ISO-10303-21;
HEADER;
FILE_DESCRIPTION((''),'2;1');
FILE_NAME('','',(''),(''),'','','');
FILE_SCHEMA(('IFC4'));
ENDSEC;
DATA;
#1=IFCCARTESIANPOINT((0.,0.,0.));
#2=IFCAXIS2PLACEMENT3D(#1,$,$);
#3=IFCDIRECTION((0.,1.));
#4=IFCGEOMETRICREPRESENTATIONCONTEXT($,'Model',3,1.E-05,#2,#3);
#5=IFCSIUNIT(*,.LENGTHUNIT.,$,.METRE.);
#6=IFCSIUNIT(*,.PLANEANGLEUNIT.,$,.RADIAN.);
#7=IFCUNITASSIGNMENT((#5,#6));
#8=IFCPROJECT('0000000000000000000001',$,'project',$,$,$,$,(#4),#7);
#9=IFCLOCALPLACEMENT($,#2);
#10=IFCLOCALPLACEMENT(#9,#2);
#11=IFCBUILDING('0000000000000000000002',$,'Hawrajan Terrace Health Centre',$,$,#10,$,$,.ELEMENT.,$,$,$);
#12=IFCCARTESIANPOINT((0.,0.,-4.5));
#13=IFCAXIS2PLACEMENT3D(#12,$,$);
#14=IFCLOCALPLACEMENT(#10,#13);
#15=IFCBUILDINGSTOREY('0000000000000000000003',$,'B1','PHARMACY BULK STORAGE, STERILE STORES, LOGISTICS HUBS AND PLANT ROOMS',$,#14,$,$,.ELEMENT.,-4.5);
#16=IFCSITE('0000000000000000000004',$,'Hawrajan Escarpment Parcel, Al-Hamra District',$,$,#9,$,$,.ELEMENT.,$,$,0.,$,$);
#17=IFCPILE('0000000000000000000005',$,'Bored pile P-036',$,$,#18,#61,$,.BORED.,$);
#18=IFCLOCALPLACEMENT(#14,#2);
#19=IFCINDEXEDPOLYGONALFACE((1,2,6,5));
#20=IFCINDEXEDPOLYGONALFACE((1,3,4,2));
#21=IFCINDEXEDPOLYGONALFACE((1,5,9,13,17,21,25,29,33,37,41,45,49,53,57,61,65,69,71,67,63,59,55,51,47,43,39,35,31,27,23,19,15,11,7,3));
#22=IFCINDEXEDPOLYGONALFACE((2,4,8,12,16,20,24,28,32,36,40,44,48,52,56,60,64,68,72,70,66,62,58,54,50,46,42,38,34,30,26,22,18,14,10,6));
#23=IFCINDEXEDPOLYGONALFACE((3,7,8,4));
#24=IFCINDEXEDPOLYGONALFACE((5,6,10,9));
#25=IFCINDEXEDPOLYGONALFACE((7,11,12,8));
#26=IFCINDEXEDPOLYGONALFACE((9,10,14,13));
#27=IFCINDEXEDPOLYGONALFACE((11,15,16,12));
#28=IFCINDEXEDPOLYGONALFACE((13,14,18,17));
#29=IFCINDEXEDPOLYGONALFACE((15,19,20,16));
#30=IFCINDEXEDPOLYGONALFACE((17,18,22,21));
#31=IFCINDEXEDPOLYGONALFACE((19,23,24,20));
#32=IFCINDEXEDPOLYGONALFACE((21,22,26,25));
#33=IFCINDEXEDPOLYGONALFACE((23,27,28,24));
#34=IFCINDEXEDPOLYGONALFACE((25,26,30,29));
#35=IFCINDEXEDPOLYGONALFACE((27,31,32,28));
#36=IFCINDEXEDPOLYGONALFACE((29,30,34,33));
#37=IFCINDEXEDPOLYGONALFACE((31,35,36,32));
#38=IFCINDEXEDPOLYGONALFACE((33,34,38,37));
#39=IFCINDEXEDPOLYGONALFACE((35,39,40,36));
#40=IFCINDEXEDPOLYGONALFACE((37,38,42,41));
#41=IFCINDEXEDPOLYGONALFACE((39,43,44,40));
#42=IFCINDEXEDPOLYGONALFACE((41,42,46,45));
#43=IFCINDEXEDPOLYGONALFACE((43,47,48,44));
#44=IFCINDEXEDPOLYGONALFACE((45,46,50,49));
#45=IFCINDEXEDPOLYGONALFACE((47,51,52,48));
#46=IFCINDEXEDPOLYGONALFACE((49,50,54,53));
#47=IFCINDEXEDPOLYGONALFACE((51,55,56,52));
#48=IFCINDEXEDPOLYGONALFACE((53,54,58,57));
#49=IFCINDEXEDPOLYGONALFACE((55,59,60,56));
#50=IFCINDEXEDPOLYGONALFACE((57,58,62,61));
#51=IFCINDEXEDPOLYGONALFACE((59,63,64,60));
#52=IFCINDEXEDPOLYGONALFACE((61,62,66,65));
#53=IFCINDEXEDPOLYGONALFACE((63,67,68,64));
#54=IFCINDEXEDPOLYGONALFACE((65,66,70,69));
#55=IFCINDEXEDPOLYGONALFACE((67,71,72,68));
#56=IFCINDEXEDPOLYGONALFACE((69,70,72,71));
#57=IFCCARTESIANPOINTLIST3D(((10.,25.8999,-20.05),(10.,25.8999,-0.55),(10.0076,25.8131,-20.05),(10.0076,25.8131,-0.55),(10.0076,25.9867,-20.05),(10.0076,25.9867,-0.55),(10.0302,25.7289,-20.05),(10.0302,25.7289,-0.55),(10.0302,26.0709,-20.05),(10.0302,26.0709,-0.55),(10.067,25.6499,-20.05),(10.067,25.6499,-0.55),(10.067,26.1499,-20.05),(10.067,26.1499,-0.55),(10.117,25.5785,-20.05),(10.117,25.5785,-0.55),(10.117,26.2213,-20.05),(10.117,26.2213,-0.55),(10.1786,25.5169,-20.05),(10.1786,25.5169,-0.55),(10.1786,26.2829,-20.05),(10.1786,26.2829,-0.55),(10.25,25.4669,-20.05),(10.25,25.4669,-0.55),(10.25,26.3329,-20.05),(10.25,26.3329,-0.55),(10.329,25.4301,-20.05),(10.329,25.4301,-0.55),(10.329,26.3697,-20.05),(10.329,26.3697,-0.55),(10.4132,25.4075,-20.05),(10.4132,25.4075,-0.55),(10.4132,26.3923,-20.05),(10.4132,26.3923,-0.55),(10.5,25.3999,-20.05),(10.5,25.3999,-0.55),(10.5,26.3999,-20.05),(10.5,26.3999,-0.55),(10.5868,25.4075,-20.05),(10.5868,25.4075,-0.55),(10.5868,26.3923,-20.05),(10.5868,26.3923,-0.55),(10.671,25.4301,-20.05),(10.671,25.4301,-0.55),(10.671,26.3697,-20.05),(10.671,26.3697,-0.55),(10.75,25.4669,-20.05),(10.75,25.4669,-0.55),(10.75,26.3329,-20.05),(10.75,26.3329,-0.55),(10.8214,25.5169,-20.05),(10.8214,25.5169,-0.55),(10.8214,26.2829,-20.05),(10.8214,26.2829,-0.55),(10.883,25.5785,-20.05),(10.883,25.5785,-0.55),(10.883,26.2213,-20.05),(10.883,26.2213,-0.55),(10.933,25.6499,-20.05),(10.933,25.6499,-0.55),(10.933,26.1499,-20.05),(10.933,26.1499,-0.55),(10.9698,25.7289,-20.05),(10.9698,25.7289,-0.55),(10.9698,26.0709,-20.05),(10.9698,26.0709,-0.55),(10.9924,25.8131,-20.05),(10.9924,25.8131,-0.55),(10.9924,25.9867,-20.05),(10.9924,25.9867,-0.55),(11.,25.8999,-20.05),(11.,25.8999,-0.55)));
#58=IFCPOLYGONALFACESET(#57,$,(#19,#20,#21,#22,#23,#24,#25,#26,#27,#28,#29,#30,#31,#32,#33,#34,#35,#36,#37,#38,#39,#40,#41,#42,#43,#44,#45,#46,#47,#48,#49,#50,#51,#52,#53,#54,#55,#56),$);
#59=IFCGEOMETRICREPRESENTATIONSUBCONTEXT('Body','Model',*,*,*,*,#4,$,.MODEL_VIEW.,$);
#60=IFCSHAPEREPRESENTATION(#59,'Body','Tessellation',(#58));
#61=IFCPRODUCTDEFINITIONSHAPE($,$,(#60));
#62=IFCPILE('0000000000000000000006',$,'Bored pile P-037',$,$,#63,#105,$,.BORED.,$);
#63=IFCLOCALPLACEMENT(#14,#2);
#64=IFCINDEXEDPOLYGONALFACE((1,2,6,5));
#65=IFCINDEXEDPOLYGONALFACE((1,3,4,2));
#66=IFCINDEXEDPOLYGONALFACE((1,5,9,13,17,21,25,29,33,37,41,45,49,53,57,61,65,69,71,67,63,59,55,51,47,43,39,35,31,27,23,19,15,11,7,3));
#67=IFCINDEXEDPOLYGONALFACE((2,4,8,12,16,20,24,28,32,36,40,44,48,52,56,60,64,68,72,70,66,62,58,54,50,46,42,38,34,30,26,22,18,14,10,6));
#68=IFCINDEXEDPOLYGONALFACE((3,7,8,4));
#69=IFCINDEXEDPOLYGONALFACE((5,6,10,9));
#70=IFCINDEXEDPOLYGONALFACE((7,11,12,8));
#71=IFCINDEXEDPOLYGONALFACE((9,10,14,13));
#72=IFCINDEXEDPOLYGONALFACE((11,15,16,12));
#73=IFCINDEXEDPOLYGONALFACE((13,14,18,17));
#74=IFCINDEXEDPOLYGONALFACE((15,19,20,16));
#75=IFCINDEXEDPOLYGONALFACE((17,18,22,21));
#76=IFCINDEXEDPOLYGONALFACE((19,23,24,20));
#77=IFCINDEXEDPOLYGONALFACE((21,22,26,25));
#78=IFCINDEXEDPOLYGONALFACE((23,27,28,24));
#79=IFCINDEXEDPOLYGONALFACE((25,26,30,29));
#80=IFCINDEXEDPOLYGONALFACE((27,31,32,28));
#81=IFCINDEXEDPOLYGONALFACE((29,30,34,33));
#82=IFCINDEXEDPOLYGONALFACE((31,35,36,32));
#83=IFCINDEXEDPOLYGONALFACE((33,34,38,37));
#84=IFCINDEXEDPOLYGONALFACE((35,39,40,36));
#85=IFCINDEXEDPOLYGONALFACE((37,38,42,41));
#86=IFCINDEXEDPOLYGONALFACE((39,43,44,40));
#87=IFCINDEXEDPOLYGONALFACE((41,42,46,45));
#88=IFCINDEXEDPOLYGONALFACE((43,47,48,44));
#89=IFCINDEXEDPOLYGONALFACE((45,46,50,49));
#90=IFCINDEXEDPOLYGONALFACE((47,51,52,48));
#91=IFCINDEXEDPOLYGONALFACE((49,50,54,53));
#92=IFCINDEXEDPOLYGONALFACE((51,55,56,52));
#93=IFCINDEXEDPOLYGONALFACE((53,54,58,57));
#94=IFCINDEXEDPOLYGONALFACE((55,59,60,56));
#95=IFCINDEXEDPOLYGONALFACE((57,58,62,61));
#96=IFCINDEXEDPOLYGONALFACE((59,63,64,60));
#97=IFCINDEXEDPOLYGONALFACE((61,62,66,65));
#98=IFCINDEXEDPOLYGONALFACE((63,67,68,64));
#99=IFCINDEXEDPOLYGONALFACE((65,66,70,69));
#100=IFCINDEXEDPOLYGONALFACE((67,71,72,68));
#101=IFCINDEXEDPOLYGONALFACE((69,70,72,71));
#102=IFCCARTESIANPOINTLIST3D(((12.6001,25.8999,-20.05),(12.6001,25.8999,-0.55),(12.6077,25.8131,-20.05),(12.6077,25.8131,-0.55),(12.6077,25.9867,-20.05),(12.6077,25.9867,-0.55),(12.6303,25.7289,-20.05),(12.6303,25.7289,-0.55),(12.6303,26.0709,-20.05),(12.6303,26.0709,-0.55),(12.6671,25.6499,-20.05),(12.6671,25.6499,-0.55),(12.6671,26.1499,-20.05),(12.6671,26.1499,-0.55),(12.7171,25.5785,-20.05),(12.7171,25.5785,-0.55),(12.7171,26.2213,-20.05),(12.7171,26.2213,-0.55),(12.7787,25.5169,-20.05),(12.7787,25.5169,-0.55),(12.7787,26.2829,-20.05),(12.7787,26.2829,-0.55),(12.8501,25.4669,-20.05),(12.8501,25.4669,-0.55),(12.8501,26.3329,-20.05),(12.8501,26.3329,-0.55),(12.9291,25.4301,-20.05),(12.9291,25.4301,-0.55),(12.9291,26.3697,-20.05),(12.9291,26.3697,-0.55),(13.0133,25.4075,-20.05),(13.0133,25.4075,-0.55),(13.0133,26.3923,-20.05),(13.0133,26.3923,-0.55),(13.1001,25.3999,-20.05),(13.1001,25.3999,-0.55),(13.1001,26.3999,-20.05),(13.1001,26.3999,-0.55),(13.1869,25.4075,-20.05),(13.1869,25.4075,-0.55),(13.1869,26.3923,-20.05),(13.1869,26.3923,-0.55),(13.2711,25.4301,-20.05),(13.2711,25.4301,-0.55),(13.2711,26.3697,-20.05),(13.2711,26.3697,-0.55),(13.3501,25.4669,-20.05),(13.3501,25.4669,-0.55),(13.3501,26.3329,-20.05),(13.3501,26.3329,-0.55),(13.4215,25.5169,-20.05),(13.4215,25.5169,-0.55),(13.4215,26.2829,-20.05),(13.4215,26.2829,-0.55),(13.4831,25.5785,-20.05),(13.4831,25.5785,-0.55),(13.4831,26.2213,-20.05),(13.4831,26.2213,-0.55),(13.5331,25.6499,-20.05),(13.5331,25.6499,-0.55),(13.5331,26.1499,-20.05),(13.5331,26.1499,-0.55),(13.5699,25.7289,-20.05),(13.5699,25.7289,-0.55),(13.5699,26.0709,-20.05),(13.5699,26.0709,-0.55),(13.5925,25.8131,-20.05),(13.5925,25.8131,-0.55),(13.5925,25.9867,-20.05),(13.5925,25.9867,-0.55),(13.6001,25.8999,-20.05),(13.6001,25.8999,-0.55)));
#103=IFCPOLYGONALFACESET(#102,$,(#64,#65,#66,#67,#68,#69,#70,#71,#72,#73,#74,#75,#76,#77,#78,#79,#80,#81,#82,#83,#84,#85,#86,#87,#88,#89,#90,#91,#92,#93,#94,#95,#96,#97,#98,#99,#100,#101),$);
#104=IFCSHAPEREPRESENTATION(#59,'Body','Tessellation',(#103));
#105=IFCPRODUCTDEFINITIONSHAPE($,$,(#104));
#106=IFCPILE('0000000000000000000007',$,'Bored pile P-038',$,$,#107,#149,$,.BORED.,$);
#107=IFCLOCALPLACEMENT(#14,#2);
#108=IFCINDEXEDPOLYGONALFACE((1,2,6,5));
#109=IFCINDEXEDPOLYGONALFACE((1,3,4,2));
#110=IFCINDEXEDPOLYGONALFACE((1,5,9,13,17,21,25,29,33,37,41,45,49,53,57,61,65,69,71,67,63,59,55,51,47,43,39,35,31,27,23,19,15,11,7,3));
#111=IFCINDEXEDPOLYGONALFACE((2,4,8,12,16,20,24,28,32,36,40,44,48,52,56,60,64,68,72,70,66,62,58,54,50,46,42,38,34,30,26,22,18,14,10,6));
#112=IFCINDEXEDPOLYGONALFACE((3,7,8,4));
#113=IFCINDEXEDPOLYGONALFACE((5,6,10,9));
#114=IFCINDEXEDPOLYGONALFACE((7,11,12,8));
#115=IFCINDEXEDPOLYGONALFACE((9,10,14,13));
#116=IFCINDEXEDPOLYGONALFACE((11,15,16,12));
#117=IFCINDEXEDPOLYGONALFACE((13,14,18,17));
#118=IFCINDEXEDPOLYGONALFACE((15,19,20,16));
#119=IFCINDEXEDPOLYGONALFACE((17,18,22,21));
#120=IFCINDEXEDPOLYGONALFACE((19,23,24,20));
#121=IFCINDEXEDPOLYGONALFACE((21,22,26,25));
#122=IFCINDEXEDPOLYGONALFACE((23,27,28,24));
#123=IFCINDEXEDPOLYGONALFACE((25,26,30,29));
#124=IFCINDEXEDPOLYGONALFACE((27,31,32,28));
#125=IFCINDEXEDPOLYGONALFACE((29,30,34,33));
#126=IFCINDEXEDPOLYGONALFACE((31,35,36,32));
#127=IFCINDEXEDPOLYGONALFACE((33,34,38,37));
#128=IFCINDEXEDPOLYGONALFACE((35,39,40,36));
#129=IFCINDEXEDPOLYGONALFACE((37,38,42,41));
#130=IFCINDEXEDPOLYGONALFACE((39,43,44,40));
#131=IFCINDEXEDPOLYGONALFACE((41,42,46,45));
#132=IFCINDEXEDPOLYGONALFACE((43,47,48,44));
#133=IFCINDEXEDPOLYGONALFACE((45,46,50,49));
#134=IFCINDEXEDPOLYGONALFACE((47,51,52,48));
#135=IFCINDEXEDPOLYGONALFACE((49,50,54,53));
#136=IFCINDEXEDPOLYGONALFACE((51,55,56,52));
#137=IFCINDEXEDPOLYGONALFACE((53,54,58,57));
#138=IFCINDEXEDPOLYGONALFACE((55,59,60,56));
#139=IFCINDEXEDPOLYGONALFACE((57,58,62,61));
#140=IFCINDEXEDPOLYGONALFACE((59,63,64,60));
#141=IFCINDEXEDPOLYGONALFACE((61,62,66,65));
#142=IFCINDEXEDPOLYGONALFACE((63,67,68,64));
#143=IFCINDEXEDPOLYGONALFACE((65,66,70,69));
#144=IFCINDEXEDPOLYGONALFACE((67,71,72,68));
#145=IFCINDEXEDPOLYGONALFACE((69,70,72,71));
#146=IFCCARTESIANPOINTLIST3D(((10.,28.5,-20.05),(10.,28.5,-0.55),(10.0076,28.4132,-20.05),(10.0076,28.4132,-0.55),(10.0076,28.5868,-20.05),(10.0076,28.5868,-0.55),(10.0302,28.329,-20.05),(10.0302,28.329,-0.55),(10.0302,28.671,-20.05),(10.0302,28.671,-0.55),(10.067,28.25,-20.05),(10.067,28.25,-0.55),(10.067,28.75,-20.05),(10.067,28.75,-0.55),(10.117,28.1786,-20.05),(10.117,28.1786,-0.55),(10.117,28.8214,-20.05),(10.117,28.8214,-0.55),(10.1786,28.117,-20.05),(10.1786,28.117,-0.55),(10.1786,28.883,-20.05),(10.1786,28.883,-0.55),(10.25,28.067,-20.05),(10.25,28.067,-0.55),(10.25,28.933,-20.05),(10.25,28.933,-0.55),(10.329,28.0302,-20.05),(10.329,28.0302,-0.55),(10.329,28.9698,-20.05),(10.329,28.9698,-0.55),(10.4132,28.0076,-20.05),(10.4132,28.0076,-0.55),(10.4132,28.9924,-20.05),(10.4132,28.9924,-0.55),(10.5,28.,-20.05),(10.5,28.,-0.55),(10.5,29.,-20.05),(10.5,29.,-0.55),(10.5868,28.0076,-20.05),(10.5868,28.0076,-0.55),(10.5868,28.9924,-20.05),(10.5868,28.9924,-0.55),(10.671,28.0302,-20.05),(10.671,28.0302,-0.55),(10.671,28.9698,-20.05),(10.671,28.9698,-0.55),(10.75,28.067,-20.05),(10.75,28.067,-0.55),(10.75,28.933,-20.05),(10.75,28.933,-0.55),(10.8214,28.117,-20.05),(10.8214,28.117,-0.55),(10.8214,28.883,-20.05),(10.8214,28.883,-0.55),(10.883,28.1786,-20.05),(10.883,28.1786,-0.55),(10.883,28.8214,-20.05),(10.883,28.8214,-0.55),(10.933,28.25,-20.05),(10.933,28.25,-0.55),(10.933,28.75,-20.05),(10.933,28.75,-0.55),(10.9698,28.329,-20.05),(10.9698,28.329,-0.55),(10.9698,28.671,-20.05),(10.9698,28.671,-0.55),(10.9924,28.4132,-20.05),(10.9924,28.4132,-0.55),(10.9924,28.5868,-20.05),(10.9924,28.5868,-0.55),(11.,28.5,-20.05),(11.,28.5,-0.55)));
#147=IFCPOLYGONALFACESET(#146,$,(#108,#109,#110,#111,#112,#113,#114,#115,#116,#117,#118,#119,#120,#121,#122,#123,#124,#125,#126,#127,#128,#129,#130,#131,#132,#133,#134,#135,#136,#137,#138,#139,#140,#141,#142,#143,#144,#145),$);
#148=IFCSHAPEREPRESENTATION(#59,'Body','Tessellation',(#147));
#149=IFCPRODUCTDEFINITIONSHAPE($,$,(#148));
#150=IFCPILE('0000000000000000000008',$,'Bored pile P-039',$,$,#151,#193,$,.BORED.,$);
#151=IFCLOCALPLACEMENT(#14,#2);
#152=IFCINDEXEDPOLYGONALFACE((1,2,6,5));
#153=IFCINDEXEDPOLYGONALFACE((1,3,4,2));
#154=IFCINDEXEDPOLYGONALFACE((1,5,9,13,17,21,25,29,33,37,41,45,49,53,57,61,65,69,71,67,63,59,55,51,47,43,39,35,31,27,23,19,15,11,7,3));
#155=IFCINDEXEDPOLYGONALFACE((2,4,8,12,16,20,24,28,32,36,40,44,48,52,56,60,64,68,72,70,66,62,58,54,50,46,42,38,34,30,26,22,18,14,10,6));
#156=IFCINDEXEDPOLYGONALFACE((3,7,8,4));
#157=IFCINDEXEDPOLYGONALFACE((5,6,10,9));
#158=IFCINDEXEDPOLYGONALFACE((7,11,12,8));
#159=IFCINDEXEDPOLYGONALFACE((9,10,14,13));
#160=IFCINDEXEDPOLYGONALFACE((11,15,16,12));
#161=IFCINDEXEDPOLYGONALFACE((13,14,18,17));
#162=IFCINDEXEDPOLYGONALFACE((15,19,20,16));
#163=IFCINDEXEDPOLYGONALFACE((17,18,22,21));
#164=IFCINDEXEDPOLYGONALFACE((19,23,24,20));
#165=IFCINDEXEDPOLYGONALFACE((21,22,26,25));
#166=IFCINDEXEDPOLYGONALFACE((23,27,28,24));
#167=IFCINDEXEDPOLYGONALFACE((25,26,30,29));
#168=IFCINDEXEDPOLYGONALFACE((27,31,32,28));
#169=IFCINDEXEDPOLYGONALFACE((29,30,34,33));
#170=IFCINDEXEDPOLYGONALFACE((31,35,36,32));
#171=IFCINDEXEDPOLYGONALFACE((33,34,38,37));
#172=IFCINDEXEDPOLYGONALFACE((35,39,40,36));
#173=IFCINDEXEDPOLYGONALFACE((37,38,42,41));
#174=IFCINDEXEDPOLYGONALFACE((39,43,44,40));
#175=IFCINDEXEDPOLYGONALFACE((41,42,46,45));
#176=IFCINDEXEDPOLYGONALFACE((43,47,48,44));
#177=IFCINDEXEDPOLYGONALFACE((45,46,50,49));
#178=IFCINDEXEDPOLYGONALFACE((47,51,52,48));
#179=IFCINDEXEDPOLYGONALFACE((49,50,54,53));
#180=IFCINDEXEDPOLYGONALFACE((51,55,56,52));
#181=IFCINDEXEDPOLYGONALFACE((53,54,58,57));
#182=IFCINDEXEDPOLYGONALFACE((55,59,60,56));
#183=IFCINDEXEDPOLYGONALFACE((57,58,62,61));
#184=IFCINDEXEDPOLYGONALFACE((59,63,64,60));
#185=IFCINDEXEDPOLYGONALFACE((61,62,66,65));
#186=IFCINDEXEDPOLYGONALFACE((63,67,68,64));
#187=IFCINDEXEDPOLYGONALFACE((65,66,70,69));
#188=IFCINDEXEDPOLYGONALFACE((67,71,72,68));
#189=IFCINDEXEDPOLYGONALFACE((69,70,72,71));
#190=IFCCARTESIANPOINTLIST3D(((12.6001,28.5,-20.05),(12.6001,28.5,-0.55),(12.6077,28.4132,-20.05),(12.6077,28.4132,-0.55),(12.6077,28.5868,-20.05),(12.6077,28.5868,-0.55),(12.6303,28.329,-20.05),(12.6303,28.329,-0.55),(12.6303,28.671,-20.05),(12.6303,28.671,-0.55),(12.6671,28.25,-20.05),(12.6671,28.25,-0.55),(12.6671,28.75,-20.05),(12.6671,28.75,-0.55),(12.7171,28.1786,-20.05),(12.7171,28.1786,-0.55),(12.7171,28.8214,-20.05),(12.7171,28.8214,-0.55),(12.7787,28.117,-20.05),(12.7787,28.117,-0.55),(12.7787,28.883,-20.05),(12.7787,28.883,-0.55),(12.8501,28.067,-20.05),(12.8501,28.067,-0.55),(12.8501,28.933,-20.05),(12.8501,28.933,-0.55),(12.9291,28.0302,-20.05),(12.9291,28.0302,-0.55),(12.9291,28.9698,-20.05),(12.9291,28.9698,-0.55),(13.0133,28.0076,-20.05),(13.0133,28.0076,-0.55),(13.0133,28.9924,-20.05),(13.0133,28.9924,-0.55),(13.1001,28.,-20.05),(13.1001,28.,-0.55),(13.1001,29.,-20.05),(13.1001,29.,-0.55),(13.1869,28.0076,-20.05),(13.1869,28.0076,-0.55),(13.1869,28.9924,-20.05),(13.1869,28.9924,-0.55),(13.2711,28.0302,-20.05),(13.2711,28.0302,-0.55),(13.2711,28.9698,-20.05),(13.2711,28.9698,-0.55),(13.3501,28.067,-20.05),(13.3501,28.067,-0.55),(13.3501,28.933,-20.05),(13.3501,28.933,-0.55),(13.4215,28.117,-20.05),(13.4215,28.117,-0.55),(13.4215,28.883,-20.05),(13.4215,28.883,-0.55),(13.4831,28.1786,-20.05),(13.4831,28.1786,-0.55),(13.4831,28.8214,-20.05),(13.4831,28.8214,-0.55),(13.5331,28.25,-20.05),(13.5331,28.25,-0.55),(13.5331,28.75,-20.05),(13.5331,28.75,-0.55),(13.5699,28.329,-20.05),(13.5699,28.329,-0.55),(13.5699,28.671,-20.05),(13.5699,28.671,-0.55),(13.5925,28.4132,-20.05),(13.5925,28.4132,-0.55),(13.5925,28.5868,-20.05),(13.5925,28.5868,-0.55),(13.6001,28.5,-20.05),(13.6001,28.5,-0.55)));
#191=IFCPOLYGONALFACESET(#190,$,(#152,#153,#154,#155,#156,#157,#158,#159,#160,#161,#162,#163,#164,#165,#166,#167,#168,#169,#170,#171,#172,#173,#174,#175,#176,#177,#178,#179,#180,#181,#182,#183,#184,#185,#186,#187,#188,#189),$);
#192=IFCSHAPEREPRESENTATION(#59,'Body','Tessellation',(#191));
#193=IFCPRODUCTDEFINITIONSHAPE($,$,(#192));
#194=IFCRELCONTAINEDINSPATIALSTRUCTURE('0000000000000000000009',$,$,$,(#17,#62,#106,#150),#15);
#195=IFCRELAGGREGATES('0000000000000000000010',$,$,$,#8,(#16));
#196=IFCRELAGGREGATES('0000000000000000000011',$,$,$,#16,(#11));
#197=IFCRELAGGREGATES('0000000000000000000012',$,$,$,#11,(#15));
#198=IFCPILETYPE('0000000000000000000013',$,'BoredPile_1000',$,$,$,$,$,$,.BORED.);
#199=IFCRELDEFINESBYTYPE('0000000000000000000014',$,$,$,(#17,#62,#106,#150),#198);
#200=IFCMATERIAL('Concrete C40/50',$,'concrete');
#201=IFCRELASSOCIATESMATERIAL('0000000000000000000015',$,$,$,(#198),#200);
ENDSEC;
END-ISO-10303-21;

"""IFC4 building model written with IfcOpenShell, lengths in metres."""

from ifc_helpers import new_model, si_unit, direction, frame, origin, origin_2d, place, context, subcontext, project, spatial, circle, extrude, material, material_profile, profile_set, type_object, element, save


model = new_model("IFC4")

# Units and contexts
model_context = context("Model", 3, precision=1e-05, world=origin(), true_north=direction((0.0, 1.0)))
body_context = subcontext(model_context, "Body", "Model", "MODEL_VIEW")
ifc_project = project(units=[si_unit("LENGTHUNIT", "METRE"), si_unit("PLANEANGLEUNIT", "RADIAN")], contexts=[model_context])

# Site, building, storey
site_placement = place(None, origin())
site = spatial("IfcSite", under=ifc_project, at=site_placement, Name="Hawrajan Escarpment Parcel, Al-Hamra District", CompositionType="ELEMENT", RefElevation=0.0)
building_placement = place(site_placement, origin())
building = spatial("IfcBuilding", under=site, at=building_placement, Name="Hawrajan Terrace Health Centre", CompositionType="ELEMENT")
storey_placement = place(building_placement, frame((0.0, 0.0, -4.5)))
storey = spatial("IfcBuildingStorey", under=building, at=storey_placement, Name="B1", Description="PHARMACY BULK STORAGE, STERILE STORES, LOGISTICS HUBS AND PLANT ROOMS", CompositionType="ELEMENT", Elevation=-4.5)

# Piles
ifc_material_1 = material(Name="Concrete C40/50", Category="concrete")
ifc_material_profile_1 = material_profile(ifc_material_1, circle(Radius=0.5, at=origin_2d()), Name="BP 1000")
ifc_profile_set_1 = profile_set([ifc_material_profile_1], Name="Concrete C40/50")
pile_type_1 = type_object("IfcPileType", Name="BoredPile_1000", PredefinedType="BORED", material=ifc_profile_set_1)
for number, where, z_axis, x_axis, name in (
    (1, (10.5, 25.8999, -0.55), (0.0, 0.0, -1.0), (1.0, 0.0, 0.0), "Bored pile P-036"),
    (2, (13.1001, 25.8999, -0.55), (0.0, 0.0, -1.0), (1.0, 0.0, 0.0), "Bored pile P-037"),
    (3, (10.5, 28.5, -0.55), (0.0, 0.0, -1.0), (1.0, 0.0, 0.0), "Bored pile P-038"),
    (4, (13.1001, 28.5, -0.55), (0.0, 0.0, -1.0), (1.0, 0.0, 0.0), "Bored pile P-039"),
):
    element("IfcPile", number, at=place(storey_placement, frame(where, z_axis=z_axis, x_axis=x_axis)), inside=storey, type_object=pile_type_1, Name=name, PredefinedType="BORED", context=body_context, shape_type="SweptSolid", body=[
        extrude(circle(Radius=0.5, at=origin_2d()), origin(), (0.0, 0.0, 1.0), 19.5),
    ])

save(model, "model.ifc")
